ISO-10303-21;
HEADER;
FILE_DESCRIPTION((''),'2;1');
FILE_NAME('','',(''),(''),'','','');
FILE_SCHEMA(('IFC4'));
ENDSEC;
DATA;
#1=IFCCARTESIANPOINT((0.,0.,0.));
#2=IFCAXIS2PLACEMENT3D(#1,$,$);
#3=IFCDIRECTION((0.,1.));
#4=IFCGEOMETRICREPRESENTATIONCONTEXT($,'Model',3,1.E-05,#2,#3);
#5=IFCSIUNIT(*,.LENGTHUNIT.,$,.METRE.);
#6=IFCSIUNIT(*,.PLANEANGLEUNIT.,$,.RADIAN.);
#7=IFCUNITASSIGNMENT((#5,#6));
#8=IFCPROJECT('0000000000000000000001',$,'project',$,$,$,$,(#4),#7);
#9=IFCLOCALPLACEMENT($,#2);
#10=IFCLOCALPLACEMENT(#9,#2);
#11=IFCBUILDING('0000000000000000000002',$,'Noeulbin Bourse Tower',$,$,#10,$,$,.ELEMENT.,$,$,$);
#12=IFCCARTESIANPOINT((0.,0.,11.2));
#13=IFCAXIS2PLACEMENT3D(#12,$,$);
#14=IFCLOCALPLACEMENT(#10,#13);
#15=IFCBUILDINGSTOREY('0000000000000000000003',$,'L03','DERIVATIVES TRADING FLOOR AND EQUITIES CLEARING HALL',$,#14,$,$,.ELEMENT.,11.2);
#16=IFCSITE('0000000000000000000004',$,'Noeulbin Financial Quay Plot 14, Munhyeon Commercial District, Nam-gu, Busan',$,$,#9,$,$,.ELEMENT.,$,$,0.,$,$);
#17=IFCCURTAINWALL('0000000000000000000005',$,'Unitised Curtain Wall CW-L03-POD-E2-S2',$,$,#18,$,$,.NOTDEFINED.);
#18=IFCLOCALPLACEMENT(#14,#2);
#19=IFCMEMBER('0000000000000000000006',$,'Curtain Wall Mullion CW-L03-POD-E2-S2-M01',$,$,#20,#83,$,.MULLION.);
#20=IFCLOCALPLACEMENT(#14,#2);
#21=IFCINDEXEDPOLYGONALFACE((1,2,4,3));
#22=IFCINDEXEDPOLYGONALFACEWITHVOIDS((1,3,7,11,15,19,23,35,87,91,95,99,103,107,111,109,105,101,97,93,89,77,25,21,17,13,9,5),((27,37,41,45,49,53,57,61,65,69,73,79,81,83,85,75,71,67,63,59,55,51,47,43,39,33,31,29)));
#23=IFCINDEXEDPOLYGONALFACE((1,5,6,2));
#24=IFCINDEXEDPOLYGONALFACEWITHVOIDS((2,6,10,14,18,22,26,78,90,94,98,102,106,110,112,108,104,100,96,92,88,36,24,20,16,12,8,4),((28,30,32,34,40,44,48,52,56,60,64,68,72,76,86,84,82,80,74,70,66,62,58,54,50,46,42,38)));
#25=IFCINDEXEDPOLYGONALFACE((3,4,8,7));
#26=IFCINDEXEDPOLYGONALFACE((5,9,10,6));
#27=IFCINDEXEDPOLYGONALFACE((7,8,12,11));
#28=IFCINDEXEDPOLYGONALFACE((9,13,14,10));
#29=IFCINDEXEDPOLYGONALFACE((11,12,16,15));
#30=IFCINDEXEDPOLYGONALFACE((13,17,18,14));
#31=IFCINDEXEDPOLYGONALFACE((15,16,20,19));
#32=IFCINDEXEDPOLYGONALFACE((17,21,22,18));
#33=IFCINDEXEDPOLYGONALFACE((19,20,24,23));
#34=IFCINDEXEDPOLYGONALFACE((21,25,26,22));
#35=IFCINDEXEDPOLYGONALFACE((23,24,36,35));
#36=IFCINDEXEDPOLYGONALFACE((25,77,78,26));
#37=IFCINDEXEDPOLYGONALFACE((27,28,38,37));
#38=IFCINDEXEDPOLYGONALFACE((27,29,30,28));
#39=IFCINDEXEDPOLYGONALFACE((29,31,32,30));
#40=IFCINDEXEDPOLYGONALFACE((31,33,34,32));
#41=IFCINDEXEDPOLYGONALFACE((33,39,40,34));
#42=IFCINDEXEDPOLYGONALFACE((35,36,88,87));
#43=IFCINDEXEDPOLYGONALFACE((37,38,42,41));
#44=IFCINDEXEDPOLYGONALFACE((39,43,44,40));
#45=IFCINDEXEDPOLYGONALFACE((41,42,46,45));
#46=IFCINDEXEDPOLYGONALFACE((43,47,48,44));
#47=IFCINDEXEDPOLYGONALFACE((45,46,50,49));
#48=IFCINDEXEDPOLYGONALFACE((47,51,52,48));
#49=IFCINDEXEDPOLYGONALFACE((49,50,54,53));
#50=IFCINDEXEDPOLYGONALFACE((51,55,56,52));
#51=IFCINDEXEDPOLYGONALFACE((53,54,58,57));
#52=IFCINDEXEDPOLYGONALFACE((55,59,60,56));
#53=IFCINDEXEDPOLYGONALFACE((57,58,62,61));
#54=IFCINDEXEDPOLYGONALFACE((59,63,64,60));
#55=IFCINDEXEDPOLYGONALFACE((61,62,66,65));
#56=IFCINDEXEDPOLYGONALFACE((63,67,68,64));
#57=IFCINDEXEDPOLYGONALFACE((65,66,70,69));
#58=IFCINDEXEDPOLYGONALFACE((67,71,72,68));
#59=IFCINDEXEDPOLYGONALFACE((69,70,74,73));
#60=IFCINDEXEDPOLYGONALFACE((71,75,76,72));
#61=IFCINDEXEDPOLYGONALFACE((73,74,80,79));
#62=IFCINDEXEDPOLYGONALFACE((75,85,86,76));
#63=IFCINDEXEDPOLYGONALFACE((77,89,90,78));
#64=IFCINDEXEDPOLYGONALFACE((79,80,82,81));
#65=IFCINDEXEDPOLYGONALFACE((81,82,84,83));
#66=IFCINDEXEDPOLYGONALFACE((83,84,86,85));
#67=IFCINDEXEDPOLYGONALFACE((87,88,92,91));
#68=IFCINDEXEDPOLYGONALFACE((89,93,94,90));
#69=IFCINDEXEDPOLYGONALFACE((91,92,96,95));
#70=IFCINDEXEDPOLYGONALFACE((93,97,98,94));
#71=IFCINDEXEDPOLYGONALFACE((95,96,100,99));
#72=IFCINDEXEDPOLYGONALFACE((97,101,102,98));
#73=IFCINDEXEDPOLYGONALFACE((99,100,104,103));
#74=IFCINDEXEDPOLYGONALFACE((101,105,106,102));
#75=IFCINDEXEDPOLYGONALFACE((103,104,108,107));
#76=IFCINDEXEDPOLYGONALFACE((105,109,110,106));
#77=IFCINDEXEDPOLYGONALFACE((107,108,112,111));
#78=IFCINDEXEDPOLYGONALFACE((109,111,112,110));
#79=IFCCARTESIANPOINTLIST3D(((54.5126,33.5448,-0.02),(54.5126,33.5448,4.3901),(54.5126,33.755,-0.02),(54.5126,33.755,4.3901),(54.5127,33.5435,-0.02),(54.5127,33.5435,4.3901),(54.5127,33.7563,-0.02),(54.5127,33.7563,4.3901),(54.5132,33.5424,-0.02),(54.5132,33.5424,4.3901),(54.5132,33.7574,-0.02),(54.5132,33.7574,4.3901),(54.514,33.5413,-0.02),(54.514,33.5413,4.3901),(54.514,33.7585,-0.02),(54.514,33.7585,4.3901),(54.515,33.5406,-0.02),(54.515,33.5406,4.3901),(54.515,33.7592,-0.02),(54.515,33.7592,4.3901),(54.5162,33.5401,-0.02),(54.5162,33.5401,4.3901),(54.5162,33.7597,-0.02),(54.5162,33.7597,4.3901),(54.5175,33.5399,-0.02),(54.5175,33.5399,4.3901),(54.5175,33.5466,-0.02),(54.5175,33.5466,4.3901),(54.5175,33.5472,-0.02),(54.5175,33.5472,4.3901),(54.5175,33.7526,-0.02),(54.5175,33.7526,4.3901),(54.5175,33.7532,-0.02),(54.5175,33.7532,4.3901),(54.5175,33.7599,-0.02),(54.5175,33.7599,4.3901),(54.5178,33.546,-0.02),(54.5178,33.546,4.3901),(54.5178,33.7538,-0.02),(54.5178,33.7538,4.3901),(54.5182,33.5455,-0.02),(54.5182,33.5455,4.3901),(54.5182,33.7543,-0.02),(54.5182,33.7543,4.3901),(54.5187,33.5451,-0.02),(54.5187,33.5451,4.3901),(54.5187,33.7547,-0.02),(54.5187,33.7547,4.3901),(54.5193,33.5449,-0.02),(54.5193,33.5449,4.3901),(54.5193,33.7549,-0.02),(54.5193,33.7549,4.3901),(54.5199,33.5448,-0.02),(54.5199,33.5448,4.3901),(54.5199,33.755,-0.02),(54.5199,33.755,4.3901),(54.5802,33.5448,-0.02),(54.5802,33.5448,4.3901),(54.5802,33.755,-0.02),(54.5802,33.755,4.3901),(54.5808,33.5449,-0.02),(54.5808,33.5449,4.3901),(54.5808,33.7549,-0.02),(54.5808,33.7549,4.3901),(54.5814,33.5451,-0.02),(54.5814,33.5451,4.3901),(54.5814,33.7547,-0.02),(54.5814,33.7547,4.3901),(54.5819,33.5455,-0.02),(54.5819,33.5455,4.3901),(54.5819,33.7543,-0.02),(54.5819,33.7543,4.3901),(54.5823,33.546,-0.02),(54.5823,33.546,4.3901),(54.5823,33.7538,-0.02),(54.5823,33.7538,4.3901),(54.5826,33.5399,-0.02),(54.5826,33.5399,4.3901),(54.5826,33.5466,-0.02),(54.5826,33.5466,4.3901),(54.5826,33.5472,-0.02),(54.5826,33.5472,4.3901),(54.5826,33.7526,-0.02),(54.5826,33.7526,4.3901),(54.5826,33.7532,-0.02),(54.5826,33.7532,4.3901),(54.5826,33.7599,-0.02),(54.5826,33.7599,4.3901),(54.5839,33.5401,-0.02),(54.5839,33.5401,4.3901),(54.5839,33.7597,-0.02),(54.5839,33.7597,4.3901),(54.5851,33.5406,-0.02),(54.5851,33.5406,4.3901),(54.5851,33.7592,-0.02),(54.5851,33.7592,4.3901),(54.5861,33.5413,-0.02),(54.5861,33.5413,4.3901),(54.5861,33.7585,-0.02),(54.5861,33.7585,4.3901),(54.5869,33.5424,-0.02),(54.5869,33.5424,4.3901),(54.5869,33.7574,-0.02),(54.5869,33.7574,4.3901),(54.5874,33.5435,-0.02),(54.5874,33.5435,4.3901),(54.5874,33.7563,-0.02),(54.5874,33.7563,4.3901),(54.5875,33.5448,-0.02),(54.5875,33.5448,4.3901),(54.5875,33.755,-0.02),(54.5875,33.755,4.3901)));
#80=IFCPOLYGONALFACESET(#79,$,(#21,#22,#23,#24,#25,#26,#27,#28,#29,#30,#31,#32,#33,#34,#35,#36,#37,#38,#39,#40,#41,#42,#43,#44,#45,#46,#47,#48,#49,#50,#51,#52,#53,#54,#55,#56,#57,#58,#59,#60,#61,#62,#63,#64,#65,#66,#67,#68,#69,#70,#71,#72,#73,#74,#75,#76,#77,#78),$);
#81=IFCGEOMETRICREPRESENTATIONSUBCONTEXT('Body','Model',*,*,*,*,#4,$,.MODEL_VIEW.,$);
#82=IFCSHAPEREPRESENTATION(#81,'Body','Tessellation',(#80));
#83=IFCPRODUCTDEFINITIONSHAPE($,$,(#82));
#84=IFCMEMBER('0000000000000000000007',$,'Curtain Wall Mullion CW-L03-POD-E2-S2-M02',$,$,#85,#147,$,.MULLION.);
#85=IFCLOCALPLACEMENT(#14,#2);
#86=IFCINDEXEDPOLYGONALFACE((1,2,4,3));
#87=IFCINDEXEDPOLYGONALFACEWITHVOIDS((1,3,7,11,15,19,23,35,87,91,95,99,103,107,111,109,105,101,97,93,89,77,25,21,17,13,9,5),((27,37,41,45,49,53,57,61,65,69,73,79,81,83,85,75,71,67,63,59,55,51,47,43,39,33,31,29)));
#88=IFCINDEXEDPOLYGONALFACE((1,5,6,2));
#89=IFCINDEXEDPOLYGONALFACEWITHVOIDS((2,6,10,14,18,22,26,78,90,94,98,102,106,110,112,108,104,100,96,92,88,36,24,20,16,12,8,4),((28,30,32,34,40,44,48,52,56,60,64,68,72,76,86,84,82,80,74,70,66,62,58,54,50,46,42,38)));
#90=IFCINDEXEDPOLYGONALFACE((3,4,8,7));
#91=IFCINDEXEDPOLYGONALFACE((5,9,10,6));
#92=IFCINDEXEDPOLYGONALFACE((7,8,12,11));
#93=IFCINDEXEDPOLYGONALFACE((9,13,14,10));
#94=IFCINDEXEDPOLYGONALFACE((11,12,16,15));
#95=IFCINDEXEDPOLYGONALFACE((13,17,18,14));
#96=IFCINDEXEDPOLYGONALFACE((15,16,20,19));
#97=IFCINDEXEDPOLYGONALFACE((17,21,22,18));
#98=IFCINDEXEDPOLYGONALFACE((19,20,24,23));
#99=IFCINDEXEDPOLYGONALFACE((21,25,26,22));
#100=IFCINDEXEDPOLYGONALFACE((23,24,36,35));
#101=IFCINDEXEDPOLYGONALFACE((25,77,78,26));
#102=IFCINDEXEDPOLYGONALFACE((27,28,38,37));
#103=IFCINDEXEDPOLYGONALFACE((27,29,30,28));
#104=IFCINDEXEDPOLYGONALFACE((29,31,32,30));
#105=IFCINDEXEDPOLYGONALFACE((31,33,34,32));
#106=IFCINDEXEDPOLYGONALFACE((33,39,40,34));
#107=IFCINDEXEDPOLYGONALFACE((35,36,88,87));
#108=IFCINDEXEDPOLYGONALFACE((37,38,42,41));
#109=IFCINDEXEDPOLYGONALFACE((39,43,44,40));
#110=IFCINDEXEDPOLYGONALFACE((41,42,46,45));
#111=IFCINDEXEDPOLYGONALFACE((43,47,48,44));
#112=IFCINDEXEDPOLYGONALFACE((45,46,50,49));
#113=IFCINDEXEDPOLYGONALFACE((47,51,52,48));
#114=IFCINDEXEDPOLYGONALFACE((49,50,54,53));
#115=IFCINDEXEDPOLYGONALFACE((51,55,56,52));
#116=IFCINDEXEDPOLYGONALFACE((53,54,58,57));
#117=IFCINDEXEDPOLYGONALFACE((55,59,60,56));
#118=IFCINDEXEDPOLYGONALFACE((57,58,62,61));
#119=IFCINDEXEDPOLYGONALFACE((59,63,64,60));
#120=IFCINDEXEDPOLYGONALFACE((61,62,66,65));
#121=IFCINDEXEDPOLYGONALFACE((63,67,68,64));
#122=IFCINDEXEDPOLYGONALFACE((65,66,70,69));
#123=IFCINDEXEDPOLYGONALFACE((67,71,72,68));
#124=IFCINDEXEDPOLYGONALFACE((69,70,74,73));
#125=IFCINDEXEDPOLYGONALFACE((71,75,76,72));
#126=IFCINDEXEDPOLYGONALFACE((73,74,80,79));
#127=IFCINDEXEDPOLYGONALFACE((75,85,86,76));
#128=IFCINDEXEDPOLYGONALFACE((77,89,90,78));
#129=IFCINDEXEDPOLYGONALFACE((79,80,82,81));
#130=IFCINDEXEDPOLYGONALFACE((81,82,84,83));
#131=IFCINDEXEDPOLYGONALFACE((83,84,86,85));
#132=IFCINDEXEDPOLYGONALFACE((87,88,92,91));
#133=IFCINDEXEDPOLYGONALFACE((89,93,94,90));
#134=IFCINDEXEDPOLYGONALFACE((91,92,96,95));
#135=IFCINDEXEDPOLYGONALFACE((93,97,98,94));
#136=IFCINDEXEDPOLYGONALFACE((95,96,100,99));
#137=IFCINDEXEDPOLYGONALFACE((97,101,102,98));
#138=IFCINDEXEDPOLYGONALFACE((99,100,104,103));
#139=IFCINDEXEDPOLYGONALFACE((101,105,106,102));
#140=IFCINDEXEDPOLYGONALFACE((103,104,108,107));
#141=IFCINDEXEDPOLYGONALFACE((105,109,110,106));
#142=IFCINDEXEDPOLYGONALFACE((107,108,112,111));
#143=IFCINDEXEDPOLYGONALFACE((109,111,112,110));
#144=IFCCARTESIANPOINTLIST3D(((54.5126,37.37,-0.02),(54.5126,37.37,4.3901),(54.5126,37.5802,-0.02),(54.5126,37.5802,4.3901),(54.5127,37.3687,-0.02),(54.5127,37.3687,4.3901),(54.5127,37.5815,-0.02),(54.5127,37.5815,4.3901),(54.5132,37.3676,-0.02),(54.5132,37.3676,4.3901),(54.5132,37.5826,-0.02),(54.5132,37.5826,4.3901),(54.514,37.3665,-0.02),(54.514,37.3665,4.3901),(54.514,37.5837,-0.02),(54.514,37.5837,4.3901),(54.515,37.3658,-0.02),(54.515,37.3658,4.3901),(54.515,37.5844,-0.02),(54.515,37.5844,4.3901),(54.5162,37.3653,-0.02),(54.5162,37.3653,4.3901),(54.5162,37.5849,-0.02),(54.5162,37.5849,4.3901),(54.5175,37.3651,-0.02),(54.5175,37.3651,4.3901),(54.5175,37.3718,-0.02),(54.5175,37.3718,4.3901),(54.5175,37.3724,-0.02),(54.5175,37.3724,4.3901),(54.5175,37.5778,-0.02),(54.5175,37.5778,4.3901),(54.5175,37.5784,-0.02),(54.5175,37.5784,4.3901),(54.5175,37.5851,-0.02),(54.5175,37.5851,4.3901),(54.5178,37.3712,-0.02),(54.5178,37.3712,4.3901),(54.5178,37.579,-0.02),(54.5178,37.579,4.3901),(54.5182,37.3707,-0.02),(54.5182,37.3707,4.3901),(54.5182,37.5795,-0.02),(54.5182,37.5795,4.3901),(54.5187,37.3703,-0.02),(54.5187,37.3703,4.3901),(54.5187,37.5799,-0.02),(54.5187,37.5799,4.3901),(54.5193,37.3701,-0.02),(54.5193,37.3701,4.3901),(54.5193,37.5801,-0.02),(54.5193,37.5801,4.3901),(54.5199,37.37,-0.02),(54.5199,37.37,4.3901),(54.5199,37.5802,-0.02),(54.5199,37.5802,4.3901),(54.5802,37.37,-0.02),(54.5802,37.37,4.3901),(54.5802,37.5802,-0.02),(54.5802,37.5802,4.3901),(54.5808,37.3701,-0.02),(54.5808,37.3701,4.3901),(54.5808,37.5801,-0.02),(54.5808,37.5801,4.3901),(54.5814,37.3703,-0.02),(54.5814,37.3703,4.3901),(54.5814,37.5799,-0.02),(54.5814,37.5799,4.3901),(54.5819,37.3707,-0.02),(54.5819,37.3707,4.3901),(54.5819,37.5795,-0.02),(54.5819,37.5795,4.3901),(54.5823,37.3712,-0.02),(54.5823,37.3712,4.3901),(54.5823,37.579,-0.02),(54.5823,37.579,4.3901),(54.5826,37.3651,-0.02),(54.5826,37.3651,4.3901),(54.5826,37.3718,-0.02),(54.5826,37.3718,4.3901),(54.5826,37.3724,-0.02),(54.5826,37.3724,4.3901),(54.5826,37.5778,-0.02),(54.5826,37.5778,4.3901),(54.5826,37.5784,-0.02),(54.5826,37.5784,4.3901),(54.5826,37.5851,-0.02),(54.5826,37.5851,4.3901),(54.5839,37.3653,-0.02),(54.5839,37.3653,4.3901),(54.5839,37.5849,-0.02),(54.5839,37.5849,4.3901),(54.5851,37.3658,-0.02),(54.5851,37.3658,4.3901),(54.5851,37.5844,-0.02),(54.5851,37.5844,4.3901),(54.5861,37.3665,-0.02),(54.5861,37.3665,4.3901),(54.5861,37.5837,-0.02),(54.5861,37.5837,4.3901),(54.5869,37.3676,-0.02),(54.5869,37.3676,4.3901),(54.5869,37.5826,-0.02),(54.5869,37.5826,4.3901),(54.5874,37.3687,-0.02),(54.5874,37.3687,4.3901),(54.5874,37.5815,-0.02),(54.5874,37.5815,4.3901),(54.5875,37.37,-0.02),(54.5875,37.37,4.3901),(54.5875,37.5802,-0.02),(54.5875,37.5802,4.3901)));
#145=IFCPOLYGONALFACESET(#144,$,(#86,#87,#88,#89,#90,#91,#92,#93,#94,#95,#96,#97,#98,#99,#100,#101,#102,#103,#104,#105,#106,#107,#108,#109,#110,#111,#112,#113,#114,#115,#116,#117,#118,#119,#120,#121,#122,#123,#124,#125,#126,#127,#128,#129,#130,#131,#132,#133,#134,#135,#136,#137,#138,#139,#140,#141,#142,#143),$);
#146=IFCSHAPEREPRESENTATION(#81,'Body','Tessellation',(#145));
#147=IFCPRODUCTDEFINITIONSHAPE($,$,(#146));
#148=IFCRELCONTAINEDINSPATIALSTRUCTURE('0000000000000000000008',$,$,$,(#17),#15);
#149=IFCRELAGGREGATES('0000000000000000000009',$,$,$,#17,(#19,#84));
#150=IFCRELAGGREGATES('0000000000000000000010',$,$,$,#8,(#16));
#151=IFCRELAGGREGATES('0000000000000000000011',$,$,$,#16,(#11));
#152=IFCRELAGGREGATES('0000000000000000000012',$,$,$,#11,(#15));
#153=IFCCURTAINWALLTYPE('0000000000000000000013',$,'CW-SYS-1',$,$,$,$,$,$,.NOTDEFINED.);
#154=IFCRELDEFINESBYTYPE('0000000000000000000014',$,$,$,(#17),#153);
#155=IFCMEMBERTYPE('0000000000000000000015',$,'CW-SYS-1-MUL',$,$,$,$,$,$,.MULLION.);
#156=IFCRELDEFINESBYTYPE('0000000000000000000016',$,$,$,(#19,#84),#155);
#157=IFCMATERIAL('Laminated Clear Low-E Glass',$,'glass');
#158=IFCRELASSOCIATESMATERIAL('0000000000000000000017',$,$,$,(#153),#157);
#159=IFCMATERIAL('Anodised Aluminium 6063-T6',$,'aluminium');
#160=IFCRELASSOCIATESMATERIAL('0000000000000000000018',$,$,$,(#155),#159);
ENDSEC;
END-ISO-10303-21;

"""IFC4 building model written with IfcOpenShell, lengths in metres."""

from ifc_helpers import new_model, si_unit, direction, frame, origin, origin_2d, place, context, subcontext, project, spatial, hollow_rectangle, extrude, material, material_profile, profile_set, type_object, element, aggregate, save


model = new_model("IFC4")

# Units and contexts
model_context = context("Model", 3, precision=1e-05, world=origin(), true_north=direction((0.0, 1.0)))
body_context = subcontext(model_context, "Body", "Model", "MODEL_VIEW")
ifc_project = project(units=[si_unit("LENGTHUNIT", "METRE"), si_unit("PLANEANGLEUNIT", "RADIAN")], contexts=[model_context])

# Site, building, storey
site_placement = place(None, origin())
site = spatial("IfcSite", under=ifc_project, at=site_placement, Name="Noeulbin Financial Quay Plot 14, Munhyeon Commercial District, Nam-gu, Busan", CompositionType="ELEMENT", RefElevation=0.0)
building_placement = place(site_placement, origin())
building = spatial("IfcBuilding", under=site, at=building_placement, Name="Noeulbin Bourse Tower", CompositionType="ELEMENT")
storey_placement = place(building_placement, frame((0.0, 0.0, 11.2)))
storey = spatial("IfcBuildingStorey", under=building, at=storey_placement, Name="L03", Description="DERIVATIVES TRADING FLOOR AND EQUITIES CLEARING HALL", CompositionType="ELEMENT", Elevation=11.2)

# Curtain wall, members
ifc_material_1 = material(Name="Laminated Clear Low-E Glass", Category="glass")
curtain_wall_type = type_object("IfcCurtainWallType", Name="CW-SYS-1", PredefinedType="NOTDEFINED", material=ifc_material_1)
ifc_material_2 = material(Name="Anodised Aluminium 6063-T6", Category="aluminium")
ifc_material_profile_1 = material_profile(ifc_material_2, hollow_rectangle(XDim=0.075, YDim=0.22, WallThickness=0.0049, InnerFilletRadius=0.0024, OuterFilletRadius=0.0049, at=origin_2d()), Name="ALU-MULL-75x220x5", Category="LoadBearing")
ifc_profile_set_1 = profile_set([ifc_material_profile_1], Name="Anodised Aluminium 6063-T6")
member_type_1 = type_object("IfcMemberType", Name="CW-SYS-1-MUL", PredefinedType="MULLION", material=ifc_profile_set_1)
curtain_wall_1_placement = place(storey_placement, origin())
curtain_wall_1 = element("IfcCurtainWall", 1, at=curtain_wall_1_placement, inside=storey, type_object=curtain_wall_type, Name="Unitised Curtain Wall CW-L03-POD-E2-S2", PredefinedType="NOTDEFINED")
member_1_placement = place(storey_placement, frame((54.55, 33.6499, -0.02), z_axis=(0.0, 0.0, 1.0), x_axis=(1.0, 0.0, 0.0)))
member_1 = element("IfcMember", 2, at=member_1_placement, type_object=member_type_1, Name="Curtain Wall Mullion CW-L03-POD-E2-S2-M01", PredefinedType="MULLION", context=body_context, shape_type="SweptSolid", body=[
    extrude(hollow_rectangle(XDim=0.075, YDim=0.22, WallThickness=0.0049, InnerFilletRadius=0.0024, OuterFilletRadius=0.0049, at=origin_2d()), origin(), (0.0, 0.0, 1.0), 4.4102),
])
member_2_placement = place(storey_placement, frame((54.55, 37.4751, -0.02), z_axis=(0.0, 0.0, 1.0), x_axis=(1.0, 0.0, 0.0)))
member_2 = element("IfcMember", 3, at=member_2_placement, type_object=member_type_1, Name="Curtain Wall Mullion CW-L03-POD-E2-S2-M02", PredefinedType="MULLION", context=body_context, shape_type="SweptSolid", body=[
    extrude(hollow_rectangle(XDim=0.075, YDim=0.22, WallThickness=0.0049, InnerFilletRadius=0.0024, OuterFilletRadius=0.0049, at=origin_2d()), origin(), (0.0, 0.0, 1.0), 4.4102),
])

aggregate(curtain_wall_1, [member_1, member_2])

save(model, "model.ifc")
